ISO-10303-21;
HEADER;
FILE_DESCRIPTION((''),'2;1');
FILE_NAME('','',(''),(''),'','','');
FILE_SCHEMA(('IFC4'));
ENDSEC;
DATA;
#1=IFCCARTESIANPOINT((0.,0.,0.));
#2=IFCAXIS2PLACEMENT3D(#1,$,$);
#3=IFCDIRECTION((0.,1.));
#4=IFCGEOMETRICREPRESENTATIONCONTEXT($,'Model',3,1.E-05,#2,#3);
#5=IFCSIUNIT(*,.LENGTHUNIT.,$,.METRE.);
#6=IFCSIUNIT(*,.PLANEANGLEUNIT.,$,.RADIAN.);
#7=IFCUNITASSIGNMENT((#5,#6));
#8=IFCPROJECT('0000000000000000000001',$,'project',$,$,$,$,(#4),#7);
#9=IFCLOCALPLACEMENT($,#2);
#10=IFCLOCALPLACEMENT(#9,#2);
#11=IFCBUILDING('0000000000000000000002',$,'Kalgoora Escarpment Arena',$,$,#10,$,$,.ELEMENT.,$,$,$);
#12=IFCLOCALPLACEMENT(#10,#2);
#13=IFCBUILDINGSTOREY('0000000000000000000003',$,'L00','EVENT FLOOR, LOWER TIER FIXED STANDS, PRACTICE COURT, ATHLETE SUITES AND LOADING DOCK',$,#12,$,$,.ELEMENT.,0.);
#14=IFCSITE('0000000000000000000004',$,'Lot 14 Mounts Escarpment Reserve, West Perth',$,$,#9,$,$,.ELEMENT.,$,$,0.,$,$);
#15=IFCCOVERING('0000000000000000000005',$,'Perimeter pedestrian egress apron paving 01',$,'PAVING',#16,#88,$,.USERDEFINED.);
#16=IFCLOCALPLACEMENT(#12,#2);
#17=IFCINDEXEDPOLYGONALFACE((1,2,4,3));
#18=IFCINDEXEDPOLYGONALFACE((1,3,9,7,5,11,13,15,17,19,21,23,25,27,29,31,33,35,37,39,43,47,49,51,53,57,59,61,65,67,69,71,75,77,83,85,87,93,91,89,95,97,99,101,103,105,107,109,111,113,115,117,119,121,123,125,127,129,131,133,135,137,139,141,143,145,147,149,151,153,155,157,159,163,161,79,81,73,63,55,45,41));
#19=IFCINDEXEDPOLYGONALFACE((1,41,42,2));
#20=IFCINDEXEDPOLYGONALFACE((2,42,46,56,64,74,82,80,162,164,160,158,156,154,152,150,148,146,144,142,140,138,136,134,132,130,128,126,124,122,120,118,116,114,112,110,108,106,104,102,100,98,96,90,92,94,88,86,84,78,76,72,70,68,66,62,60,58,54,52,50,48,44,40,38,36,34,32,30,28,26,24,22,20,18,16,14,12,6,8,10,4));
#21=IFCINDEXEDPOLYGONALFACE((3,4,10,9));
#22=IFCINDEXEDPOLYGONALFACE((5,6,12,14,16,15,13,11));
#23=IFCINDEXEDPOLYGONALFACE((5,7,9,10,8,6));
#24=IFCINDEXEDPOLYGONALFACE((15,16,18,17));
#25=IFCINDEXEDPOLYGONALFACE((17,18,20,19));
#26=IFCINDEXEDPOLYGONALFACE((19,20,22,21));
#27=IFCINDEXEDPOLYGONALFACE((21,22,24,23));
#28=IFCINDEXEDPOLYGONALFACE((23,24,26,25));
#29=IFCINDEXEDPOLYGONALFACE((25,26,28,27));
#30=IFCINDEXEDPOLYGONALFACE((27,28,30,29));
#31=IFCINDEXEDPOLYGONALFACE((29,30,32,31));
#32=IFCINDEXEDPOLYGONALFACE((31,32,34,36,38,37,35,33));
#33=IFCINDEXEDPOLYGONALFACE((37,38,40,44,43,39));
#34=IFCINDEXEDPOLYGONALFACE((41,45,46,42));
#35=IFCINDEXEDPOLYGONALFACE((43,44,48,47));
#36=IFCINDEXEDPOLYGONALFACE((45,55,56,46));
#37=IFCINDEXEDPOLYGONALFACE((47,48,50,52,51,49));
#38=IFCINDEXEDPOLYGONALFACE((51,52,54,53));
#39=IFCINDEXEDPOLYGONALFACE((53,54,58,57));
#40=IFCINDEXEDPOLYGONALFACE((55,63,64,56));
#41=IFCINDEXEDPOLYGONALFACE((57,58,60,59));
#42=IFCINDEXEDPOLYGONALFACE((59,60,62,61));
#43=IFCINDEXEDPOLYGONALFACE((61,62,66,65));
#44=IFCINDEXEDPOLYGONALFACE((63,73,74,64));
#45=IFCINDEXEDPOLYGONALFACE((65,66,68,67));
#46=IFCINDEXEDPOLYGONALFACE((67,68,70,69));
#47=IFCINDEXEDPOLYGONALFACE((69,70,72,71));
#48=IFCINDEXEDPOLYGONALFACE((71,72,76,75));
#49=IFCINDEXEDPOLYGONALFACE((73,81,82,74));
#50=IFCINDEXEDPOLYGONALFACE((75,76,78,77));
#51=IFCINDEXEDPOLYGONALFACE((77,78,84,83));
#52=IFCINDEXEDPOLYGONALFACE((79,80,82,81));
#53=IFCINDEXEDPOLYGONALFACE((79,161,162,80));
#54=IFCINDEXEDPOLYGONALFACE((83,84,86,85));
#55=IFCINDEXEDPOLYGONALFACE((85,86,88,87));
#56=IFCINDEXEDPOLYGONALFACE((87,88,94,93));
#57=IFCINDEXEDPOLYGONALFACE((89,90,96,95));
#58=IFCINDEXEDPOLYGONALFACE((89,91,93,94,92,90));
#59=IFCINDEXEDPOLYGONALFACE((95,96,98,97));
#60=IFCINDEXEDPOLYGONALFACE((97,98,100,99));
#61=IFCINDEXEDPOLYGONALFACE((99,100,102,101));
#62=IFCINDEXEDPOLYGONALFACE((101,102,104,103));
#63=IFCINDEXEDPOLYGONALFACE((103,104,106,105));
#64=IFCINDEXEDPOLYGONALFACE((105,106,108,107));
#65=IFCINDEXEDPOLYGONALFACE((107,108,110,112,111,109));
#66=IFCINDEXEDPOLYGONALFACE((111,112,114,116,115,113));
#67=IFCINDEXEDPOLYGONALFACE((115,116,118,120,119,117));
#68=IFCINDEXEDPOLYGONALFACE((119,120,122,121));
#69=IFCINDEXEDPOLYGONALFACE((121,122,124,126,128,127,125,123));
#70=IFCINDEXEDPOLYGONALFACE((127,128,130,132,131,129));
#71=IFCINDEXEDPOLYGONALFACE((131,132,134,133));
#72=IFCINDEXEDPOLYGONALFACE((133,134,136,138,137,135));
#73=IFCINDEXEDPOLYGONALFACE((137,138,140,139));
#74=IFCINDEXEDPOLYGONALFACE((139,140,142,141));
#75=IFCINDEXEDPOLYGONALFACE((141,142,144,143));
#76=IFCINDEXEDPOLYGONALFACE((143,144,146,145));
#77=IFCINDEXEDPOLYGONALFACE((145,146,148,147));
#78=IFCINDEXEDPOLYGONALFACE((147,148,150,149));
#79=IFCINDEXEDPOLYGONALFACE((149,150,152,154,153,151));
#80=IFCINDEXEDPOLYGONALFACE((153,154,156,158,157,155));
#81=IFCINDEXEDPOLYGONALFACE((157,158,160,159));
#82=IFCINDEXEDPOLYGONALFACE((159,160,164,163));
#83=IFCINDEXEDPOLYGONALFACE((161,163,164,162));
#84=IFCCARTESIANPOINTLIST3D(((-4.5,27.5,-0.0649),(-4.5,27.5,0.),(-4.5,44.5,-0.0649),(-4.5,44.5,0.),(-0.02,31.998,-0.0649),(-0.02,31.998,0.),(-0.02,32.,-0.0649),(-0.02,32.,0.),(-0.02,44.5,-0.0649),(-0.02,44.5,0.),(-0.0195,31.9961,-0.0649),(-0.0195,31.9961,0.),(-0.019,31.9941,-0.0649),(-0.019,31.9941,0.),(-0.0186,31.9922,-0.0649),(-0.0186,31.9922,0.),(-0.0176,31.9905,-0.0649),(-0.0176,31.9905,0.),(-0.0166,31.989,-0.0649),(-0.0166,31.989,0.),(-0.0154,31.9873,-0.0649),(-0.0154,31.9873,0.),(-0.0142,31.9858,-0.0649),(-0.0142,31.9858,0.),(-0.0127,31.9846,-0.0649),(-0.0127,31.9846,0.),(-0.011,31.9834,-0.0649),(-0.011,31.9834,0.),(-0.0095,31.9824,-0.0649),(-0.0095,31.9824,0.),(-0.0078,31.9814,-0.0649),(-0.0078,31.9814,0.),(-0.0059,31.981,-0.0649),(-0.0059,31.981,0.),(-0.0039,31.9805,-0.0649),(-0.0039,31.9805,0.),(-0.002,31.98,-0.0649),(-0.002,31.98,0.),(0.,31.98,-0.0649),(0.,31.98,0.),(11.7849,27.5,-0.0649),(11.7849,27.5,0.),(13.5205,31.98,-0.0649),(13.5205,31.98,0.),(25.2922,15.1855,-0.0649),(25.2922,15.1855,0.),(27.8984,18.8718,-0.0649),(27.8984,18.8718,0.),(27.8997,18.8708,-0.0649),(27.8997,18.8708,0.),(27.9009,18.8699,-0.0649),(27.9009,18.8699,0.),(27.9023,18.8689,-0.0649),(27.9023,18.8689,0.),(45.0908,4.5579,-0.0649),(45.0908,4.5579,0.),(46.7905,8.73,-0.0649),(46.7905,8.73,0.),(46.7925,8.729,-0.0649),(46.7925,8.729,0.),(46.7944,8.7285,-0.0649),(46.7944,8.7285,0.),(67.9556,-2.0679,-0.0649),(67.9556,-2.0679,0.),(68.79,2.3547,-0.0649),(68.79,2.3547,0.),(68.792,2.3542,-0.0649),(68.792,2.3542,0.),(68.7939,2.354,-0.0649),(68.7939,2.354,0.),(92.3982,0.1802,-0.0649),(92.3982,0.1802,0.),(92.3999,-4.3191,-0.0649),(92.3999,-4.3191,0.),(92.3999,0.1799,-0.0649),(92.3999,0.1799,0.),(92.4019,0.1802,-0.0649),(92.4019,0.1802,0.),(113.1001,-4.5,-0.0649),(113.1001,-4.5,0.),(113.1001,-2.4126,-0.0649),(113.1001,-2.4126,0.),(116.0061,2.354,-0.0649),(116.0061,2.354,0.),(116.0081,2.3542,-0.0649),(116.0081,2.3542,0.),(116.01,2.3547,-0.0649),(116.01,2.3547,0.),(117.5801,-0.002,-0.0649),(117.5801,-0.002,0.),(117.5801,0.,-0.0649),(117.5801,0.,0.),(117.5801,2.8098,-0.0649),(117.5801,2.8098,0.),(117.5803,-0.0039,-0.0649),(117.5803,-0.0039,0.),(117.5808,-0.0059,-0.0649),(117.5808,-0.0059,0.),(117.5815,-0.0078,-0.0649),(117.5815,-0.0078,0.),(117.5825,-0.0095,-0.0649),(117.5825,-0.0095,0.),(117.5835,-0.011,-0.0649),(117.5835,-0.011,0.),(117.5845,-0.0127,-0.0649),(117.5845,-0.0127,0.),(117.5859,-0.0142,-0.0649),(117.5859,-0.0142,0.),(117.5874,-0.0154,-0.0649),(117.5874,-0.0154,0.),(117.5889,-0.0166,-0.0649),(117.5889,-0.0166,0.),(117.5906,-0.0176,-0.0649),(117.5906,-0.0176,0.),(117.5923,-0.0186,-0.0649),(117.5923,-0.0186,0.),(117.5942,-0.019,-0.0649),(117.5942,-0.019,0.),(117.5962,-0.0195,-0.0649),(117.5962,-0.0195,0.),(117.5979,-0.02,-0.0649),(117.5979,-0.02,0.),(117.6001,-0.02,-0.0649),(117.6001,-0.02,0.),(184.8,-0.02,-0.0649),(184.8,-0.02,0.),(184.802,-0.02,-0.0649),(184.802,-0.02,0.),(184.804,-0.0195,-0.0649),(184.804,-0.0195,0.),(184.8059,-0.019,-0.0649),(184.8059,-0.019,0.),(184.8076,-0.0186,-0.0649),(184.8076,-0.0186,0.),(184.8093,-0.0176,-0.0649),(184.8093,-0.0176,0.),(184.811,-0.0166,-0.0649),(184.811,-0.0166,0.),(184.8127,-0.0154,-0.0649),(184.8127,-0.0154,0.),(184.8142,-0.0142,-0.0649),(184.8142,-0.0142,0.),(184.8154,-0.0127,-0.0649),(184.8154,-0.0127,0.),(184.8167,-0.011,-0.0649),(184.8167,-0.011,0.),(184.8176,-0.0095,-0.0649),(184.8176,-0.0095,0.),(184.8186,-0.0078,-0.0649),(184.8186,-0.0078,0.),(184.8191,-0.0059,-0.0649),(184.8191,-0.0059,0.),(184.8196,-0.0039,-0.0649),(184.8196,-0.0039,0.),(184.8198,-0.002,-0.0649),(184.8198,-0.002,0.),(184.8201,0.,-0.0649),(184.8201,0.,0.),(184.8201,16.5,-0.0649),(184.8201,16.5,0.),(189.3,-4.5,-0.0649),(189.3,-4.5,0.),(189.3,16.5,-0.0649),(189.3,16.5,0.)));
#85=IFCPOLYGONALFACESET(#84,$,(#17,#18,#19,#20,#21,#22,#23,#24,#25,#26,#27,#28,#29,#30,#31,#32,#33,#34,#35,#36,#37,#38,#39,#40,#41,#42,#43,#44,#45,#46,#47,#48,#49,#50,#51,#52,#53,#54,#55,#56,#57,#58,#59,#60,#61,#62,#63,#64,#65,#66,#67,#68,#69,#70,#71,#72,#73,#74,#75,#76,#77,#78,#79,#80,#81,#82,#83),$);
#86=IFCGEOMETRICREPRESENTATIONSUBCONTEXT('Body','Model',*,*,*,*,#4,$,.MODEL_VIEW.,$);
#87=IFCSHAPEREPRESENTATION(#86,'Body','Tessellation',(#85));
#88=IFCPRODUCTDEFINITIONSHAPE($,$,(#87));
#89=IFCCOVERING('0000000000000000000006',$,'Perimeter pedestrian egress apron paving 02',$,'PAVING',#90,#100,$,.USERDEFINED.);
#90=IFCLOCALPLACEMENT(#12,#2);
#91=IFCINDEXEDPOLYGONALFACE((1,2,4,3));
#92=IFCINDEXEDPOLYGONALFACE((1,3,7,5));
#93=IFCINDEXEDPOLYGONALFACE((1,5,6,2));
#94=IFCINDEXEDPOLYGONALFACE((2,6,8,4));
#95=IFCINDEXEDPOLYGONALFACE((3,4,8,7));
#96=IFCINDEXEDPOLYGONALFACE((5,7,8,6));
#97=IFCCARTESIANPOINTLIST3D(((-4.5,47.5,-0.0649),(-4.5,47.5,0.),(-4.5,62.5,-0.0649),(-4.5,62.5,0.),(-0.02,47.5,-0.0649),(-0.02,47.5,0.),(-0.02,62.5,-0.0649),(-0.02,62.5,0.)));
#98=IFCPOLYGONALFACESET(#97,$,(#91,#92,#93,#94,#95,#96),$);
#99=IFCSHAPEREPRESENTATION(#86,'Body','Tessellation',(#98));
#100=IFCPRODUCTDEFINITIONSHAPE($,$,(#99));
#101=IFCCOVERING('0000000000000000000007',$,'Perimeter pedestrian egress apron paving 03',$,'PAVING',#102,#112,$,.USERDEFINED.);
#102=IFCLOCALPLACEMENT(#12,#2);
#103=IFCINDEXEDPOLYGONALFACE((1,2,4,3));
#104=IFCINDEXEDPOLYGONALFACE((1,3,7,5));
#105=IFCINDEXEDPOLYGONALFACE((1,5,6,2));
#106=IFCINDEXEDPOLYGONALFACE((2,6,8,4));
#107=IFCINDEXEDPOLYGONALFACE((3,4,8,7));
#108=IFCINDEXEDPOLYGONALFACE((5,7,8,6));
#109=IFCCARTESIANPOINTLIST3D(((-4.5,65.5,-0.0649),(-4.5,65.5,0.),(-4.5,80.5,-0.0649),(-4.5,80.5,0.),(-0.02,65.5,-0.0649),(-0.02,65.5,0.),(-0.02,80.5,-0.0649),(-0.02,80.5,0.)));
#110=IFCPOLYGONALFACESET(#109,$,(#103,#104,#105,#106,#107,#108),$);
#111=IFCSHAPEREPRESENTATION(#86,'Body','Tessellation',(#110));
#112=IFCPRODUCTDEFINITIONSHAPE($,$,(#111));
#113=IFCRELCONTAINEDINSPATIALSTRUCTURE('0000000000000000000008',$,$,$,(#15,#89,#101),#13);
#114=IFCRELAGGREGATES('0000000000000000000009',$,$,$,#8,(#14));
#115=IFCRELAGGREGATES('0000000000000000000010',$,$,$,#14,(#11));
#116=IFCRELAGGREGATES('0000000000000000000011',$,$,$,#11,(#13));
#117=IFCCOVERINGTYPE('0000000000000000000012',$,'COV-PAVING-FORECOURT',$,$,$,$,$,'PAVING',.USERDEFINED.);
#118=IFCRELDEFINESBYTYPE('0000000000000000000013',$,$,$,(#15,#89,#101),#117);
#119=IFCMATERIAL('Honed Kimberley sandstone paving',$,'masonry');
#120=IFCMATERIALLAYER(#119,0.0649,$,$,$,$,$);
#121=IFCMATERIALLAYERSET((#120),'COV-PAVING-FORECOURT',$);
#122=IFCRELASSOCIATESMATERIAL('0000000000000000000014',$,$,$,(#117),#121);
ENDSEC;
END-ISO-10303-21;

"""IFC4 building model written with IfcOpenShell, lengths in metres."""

from ifc_helpers import new_model, si_unit, direction, frame, origin, place, context, subcontext, project, spatial, polyline, outline, extrude, material, layer, layer_set, type_object, element, save


model = new_model("IFC4")

# Units and contexts
model_context = context("Model", 3, precision=1e-05, world=origin(), true_north=direction((0.0, 1.0)))
body_context = subcontext(model_context, "Body", "Model", "MODEL_VIEW")
ifc_project = project(units=[si_unit("LENGTHUNIT", "METRE"), si_unit("PLANEANGLEUNIT", "RADIAN")], contexts=[model_context])

# Site, building, storey
site_placement = place(None, origin())
site = spatial("IfcSite", under=ifc_project, at=site_placement, Name="Lot 14 Mounts Escarpment Reserve, West Perth", CompositionType="ELEMENT", RefElevation=0.0)
building_placement = place(site_placement, origin())
building = spatial("IfcBuilding", under=site, at=building_placement, Name="Kalgoora Escarpment Arena", CompositionType="ELEMENT")
storey_placement = place(building_placement, origin())
storey = spatial("IfcBuildingStorey", under=building, at=storey_placement, Name="L00", Description="EVENT FLOOR, LOWER TIER FIXED STANDS, PRACTICE COURT, ATHLETE SUITES AND LOADING DOCK", CompositionType="ELEMENT", Elevation=0.0)

# Coverings
ifc_material_1 = material(Name="Honed Kimberley sandstone paving", Category="masonry")
ifc_layer_1 = layer(ifc_material_1, 0.0649)
ifc_layer_set_1 = layer_set([ifc_layer_1], Name="COV-PAVING-FORECOURT")
covering_type_1 = type_object("IfcCoveringType", Name="COV-PAVING-FORECOURT", ElementType="PAVING", PredefinedType="USERDEFINED", material=ifc_layer_set_1)
covering_1_placement = place(storey_placement, frame((0.0, 0.0, -0.0649)))
element("IfcCovering", 1, at=covering_1_placement, inside=storey, type_object=covering_type_1, Name="Perimeter pedestrian egress apron paving 01", ObjectType="PAVING", PredefinedType="USERDEFINED", context=body_context, shape_type="SweptSolid", body=[
    extrude(outline(polyline([(45.0908, 4.5579), (25.2922, 15.1855), (11.7849, 27.5), (-4.5, 27.5), (-4.5, 44.5), (-0.02, 44.5), (-0.02, 32.0), (-0.02, 31.998), (-0.0195, 31.9961), (-0.019, 31.9941), (-0.0186, 31.9922), (-0.0176, 31.9905), (-0.0166, 31.989), (-0.0154, 31.9873), (-0.0142, 31.9858), (-0.0127, 31.9846), (-0.011, 31.9834), (-0.0095, 31.9824), (-0.0078, 31.9814), (-0.0059, 31.981), (-0.0039, 31.9805), (-0.002, 31.98), (0.0, 31.98), (13.5205, 31.98), (27.8984, 18.8718), (27.8997, 18.8708), (27.9009, 18.8699), (27.9023, 18.8689), (46.7905, 8.73), (46.7925, 8.729), (46.7944, 8.7285), (68.79, 2.3547), (68.792, 2.3542), (68.7939, 2.354), (92.3982, 0.1802), (92.3999, 0.1799), (92.4019, 0.1802), (116.0061, 2.354), (116.0081, 2.3542), (116.01, 2.3547), (117.5801, 2.8098), (117.5801, 0.0), (117.5801, -0.002), (117.5803, -0.0039), (117.5808, -0.0059), (117.5815, -0.0078), (117.5825, -0.0095), (117.5835, -0.011), (117.5845, -0.0127), (117.5859, -0.0142), (117.5874, -0.0154), (117.5889, -0.0166), (117.5906, -0.0176), (117.5923, -0.0186), (117.5942, -0.019), (117.5962, -0.0195), (117.5979, -0.02), (117.6001, -0.02), (184.8, -0.02), (184.802, -0.02), (184.804, -0.0195), (184.8059, -0.019), (184.8076, -0.0186), (184.8093, -0.0176), (184.811, -0.0166), (184.8127, -0.0154), (184.8142, -0.0142), (184.8154, -0.0127), (184.8167, -0.011), (184.8176, -0.0095), (184.8186, -0.0078), (184.8191, -0.0059), (184.8196, -0.0039), (184.8198, -0.002), (184.8201, 0.0), (184.8201, 16.5), (189.3, 16.5), (189.3, -4.5), (113.1001, -4.5), (113.1001, -2.4126), (92.3999, -4.3191), (67.9556, -2.0679), (45.0908, 4.5579)])), origin(), (0.0, 0.0, 1.0), 0.0649),
])
covering_2_placement = place(storey_placement, frame((0.0, 0.0, -0.0649)))
element("IfcCovering", 2, at=covering_2_placement, inside=storey, type_object=covering_type_1, Name="Perimeter pedestrian egress apron paving 02", ObjectType="PAVING", PredefinedType="USERDEFINED", context=body_context, shape_type="SweptSolid", body=[
    extrude(outline(polyline([(-0.02, 62.5), (-0.02, 47.5), (-4.5, 47.5), (-4.5, 62.5), (-0.02, 62.5)])), origin(), (0.0, 0.0, 1.0), 0.0649),
])
covering_3_placement = place(storey_placement, frame((0.0, 0.0, -0.0649)))
element("IfcCovering", 3, at=covering_3_placement, inside=storey, type_object=covering_type_1, Name="Perimeter pedestrian egress apron paving 03", ObjectType="PAVING", PredefinedType="USERDEFINED", context=body_context, shape_type="SweptSolid", body=[
    extrude(outline(polyline([(-0.02, 80.5), (-0.02, 65.5), (-4.5, 65.5), (-4.5, 80.5), (-0.02, 80.5)])), origin(), (0.0, 0.0, 1.0), 0.0649),
])

save(model, "model.ifc")
